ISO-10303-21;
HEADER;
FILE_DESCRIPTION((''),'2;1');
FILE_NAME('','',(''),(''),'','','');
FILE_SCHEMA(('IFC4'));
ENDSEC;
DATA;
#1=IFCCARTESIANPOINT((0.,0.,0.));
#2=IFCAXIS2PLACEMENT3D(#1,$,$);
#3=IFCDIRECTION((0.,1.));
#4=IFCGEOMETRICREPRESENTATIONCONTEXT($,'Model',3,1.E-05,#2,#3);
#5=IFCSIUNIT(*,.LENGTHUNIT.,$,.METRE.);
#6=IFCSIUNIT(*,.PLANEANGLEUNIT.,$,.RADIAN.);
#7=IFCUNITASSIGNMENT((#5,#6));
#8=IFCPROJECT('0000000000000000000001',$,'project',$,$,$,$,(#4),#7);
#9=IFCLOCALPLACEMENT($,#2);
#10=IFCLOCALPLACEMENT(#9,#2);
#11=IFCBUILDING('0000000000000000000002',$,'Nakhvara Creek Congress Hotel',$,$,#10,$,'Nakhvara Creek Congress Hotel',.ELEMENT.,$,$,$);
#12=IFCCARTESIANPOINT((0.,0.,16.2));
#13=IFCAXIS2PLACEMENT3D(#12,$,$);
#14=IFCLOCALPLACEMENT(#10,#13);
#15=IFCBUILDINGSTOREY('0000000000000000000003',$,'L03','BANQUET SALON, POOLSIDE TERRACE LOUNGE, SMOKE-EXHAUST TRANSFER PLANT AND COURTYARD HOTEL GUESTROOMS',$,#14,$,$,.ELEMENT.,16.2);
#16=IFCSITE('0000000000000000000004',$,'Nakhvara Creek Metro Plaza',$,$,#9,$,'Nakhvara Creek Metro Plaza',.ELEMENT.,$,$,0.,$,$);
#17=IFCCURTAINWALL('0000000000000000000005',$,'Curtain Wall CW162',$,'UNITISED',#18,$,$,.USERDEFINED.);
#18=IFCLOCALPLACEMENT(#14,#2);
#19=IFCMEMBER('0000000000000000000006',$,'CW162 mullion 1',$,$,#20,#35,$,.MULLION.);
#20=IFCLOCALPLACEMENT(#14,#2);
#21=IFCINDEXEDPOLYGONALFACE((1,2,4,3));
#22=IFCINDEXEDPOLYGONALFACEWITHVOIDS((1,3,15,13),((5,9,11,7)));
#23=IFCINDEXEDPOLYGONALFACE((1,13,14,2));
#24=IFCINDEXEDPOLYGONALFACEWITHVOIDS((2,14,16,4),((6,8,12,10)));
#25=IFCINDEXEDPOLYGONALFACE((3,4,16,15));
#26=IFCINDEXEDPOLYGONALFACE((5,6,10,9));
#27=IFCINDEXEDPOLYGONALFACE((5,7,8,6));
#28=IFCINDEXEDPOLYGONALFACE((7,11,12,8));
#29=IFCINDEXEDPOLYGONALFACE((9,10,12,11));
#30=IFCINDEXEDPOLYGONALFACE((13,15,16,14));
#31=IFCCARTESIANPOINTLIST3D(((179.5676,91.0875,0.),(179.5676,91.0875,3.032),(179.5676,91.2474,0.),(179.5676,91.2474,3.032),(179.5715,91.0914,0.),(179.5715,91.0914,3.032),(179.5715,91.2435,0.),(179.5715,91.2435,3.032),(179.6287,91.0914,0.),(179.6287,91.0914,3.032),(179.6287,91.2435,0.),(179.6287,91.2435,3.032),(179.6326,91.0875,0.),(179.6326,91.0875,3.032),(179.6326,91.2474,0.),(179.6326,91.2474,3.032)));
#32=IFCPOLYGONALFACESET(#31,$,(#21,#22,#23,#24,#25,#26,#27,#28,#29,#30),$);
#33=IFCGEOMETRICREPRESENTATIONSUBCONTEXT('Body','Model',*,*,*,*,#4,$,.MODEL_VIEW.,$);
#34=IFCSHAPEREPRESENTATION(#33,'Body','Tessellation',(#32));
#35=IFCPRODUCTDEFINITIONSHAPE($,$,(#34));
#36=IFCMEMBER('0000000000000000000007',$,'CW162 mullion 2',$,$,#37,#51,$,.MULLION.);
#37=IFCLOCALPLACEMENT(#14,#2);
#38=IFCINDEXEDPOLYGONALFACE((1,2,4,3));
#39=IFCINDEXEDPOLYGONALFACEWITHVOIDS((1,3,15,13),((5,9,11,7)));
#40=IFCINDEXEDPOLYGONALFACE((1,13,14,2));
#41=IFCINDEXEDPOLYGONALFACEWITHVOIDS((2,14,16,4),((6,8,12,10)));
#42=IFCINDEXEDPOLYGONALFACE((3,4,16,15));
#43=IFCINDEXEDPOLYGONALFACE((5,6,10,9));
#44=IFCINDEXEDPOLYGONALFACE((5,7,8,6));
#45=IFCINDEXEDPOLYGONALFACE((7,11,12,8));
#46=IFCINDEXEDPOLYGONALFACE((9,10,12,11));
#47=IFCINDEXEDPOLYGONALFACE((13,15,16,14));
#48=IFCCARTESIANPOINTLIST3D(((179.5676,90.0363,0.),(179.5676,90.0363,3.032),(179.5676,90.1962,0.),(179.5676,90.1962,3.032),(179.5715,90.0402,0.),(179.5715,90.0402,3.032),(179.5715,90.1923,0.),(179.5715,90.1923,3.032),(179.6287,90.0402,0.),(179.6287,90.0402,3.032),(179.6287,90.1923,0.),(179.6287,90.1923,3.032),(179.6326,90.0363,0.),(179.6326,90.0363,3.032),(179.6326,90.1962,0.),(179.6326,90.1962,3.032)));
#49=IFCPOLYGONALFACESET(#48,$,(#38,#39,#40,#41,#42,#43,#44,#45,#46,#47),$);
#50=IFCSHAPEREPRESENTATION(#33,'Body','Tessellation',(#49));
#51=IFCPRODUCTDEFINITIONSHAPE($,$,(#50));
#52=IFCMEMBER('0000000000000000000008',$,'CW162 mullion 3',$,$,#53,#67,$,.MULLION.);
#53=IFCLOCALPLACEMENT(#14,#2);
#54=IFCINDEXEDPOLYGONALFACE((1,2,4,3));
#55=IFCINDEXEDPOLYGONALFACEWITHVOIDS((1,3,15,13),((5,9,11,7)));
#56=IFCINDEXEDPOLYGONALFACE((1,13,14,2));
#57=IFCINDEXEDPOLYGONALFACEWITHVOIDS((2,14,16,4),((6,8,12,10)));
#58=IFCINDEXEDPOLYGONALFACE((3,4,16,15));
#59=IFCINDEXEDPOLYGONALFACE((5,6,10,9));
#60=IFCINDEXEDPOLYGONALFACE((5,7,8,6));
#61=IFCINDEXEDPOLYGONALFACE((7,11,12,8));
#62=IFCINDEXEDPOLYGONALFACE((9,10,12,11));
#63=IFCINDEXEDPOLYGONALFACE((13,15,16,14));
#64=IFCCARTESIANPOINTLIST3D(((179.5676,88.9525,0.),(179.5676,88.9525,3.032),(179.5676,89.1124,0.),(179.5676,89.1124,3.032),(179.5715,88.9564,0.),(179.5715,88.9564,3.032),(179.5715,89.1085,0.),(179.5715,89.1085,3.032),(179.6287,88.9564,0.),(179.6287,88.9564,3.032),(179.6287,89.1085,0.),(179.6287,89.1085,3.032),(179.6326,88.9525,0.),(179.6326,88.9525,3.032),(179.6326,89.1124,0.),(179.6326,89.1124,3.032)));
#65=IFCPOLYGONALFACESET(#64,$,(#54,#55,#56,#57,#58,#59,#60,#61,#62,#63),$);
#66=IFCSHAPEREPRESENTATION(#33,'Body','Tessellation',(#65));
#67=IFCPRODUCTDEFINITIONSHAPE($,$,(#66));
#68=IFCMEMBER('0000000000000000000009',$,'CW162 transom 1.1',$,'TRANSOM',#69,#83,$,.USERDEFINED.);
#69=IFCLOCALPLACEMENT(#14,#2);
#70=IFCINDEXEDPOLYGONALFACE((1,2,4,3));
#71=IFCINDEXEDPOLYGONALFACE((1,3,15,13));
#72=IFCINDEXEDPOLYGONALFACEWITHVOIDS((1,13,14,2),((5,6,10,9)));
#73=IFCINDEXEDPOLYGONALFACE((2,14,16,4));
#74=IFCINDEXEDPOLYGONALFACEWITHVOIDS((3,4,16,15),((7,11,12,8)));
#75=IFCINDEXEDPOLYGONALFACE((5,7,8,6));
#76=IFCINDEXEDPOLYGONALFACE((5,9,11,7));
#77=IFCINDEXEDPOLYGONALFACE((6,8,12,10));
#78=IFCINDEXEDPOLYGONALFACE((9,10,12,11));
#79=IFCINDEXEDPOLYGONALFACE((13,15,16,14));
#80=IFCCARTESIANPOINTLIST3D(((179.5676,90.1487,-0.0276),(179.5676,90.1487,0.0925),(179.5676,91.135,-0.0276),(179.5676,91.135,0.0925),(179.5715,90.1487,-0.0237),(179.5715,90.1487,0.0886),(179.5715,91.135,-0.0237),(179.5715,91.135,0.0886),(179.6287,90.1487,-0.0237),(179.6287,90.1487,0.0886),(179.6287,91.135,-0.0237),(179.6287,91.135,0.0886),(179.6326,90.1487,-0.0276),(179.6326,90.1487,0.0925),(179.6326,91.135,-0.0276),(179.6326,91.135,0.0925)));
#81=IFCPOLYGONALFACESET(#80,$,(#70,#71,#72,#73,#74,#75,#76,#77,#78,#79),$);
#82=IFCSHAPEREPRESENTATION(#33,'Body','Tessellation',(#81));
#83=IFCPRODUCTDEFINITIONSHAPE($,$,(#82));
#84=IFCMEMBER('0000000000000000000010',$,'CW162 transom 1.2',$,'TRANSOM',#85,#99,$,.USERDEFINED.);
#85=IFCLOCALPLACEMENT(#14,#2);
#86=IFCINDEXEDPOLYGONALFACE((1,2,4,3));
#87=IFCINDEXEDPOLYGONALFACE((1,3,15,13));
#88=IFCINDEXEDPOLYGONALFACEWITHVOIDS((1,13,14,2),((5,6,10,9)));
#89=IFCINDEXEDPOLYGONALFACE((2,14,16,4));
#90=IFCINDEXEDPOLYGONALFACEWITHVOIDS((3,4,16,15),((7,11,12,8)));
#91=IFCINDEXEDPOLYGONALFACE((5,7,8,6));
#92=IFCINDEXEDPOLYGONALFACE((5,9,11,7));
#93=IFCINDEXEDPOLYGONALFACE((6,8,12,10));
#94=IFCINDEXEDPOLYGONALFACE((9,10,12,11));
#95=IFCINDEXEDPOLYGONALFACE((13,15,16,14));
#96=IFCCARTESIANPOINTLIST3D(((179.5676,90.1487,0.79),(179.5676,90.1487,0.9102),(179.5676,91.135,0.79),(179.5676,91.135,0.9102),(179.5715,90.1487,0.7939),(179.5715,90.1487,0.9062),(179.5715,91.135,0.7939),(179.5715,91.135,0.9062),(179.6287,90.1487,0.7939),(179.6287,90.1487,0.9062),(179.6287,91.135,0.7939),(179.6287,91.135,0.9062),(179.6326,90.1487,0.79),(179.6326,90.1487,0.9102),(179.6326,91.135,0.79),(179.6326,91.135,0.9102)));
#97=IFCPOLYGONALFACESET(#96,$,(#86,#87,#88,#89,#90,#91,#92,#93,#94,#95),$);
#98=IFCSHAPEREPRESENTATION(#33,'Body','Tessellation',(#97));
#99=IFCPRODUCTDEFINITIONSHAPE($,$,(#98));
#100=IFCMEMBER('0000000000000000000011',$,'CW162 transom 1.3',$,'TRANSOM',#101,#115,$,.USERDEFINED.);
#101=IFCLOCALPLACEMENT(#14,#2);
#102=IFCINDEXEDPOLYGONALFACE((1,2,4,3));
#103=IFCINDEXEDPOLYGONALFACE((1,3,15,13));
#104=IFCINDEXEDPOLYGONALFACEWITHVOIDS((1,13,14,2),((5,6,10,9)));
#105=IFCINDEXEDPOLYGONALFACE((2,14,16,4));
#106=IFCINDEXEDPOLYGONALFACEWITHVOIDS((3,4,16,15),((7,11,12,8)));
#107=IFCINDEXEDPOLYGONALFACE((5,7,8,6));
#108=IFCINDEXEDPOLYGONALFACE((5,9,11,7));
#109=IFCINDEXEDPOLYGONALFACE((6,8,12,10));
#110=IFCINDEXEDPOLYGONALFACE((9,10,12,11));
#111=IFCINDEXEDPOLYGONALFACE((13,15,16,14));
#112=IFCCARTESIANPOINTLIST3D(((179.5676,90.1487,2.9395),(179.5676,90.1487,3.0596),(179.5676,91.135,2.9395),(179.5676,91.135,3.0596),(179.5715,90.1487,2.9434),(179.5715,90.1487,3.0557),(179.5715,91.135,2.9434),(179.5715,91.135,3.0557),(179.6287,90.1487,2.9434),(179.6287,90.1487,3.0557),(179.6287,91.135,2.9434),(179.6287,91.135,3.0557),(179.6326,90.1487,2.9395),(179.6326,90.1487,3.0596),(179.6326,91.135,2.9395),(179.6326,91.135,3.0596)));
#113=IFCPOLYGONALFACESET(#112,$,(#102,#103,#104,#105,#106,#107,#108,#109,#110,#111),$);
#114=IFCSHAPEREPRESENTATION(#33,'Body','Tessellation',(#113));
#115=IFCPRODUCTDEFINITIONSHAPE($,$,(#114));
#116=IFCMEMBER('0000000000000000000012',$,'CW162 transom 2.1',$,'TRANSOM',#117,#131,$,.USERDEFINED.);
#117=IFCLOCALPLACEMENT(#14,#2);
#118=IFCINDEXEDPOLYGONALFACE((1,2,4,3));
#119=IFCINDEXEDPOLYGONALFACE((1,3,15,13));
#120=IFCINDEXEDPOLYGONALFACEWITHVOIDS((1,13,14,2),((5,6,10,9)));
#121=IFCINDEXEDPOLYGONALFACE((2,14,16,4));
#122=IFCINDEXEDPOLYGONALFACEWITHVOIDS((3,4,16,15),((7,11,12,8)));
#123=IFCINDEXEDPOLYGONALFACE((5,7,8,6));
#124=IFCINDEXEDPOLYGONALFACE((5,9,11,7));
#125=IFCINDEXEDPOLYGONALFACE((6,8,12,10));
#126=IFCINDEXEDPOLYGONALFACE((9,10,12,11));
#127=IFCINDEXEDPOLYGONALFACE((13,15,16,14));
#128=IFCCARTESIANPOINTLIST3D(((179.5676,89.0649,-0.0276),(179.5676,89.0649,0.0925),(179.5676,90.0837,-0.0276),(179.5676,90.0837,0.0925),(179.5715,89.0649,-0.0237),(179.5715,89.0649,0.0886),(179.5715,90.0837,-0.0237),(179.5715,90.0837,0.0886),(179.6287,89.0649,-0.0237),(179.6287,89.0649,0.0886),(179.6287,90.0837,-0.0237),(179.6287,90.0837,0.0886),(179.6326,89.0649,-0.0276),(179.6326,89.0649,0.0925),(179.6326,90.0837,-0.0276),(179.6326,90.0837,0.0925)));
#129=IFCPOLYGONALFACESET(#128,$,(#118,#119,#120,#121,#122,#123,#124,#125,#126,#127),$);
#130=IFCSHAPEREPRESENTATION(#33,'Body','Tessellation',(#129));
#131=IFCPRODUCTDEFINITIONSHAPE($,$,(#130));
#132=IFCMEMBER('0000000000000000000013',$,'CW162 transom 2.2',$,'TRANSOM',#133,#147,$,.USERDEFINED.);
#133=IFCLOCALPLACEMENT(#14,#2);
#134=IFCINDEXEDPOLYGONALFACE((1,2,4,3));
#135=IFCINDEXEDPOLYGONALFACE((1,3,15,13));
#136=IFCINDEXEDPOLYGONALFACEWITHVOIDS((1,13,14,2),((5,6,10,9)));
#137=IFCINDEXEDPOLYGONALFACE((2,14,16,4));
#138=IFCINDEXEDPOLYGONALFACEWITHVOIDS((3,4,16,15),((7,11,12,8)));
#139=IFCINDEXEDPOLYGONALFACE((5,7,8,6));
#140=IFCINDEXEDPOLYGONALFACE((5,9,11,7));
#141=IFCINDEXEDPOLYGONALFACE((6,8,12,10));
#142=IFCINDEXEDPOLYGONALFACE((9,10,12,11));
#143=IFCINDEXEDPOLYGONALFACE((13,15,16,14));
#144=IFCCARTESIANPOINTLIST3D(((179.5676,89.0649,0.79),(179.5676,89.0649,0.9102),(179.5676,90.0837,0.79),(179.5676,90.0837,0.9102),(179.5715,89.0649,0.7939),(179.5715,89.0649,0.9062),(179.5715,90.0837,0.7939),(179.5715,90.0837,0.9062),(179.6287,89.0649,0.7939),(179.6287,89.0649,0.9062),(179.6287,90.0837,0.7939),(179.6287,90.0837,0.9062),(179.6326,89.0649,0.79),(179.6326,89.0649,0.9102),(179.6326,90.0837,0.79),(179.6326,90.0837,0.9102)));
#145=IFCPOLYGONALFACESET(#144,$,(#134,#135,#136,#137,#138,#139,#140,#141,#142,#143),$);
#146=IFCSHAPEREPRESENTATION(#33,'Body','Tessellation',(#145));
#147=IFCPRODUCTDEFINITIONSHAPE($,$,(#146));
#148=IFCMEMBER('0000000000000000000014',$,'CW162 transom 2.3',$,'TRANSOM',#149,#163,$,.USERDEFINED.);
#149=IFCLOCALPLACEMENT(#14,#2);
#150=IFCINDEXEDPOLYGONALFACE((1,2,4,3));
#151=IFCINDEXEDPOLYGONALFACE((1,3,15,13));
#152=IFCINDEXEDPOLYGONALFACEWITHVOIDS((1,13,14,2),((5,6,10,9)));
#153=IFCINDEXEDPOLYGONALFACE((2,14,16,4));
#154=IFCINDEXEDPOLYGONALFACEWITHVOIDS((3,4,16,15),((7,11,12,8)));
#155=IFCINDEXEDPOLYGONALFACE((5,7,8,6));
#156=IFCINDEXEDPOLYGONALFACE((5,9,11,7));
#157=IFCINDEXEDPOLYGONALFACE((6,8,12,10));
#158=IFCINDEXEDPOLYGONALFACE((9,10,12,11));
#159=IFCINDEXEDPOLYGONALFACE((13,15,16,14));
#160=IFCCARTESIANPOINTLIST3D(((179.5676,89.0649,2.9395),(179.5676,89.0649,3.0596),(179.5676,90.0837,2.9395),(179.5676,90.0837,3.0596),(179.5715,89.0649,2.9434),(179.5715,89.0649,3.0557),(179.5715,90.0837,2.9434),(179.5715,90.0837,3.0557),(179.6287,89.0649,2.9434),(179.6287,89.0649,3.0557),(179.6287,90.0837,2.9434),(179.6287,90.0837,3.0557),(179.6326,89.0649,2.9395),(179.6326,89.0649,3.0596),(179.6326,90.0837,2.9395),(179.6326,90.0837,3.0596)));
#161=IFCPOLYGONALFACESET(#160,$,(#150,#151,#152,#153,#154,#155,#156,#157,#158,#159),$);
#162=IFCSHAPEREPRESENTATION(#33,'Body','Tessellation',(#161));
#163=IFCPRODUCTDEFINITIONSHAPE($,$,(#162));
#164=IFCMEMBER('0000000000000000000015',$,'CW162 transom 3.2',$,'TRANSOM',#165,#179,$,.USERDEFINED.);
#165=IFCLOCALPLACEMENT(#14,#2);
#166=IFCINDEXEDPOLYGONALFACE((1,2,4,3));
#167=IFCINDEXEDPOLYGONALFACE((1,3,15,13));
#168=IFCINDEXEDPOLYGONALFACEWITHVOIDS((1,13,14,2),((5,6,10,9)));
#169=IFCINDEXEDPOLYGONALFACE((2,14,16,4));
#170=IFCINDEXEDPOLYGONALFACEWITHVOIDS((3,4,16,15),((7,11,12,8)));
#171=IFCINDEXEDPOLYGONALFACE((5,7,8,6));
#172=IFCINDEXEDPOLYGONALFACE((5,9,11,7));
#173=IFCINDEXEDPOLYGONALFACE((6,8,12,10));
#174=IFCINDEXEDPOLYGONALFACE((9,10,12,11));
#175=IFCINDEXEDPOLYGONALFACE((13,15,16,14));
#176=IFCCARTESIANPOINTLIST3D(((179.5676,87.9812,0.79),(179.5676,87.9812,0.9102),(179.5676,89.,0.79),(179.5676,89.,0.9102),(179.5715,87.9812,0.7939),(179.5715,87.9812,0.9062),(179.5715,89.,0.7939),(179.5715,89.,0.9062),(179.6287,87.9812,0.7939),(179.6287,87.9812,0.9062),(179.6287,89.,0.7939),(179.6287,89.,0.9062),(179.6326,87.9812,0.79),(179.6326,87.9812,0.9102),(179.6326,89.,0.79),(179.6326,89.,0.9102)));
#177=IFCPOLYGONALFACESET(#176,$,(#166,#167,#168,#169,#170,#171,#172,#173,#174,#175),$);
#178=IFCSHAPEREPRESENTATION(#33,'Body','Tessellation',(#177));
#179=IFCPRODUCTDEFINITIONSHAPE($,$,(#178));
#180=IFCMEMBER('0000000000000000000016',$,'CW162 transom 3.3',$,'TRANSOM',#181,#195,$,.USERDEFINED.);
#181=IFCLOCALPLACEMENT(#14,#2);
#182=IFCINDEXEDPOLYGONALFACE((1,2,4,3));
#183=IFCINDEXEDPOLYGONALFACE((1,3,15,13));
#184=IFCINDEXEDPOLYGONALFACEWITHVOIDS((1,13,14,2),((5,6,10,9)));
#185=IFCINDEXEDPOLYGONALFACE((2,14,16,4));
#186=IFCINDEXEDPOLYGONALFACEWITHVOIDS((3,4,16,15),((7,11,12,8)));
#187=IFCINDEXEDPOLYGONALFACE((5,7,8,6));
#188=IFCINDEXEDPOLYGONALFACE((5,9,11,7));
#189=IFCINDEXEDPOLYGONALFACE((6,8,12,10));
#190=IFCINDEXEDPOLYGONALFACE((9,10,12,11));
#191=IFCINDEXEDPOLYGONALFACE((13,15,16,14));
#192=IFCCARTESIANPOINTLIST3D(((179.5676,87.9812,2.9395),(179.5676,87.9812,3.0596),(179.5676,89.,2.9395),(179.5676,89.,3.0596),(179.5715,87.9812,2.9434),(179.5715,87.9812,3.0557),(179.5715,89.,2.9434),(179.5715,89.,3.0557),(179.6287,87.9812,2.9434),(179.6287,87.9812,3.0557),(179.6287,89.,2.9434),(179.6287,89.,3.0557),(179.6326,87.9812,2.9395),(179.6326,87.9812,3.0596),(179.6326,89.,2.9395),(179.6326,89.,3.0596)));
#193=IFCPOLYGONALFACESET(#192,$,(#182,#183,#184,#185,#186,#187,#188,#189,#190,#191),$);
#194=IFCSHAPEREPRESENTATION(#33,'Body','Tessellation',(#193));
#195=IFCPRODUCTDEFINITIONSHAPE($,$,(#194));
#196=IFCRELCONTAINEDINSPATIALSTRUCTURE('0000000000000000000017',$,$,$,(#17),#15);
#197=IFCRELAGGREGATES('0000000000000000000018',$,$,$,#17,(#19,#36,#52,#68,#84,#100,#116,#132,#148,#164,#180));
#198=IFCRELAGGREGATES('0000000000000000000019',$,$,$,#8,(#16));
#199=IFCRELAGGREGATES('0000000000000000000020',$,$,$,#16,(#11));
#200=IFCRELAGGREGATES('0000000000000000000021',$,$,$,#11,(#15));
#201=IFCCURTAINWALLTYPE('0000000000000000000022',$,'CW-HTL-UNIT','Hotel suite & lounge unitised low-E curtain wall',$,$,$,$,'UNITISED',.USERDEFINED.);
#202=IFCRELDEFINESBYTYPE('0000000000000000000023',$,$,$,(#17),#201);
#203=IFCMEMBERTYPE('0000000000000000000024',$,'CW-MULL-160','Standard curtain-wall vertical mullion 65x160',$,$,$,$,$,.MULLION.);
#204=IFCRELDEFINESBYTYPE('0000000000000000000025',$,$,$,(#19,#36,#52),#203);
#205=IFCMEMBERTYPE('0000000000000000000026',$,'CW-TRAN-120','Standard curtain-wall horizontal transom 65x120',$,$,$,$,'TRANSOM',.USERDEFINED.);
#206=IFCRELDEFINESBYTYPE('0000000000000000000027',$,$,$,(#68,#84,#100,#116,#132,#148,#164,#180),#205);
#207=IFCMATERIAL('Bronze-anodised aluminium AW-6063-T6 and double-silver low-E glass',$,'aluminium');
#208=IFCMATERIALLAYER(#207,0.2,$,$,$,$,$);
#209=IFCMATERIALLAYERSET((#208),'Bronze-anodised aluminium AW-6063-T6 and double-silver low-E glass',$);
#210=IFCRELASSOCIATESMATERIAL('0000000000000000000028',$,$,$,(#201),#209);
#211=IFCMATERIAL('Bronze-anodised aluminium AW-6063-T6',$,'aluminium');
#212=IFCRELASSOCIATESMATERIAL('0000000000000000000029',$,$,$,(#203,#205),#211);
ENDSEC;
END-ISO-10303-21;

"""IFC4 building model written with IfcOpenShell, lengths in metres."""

from ifc_helpers import new_model, si_unit, direction, frame, origin, origin_2d, place, context, subcontext, project, spatial, hollow_rectangle, extrude, material, layer, layer_set, material_profile, profile_set, type_object, element, aggregate, save


model = new_model("IFC4")

# Units and contexts
model_context = context("Model", 3, precision=1e-05, world=origin(), true_north=direction((0.0, 1.0)))
body_context = subcontext(model_context, "Body", "Model", "MODEL_VIEW")
ifc_project = project(units=[si_unit("LENGTHUNIT", "METRE"), si_unit("PLANEANGLEUNIT", "RADIAN")], contexts=[model_context])

# Site, building, storey
site_placement = place(None, origin())
site = spatial("IfcSite", under=ifc_project, at=site_placement, Name="Nakhvara Creek Metro Plaza", LongName="Nakhvara Creek Metro Plaza", CompositionType="ELEMENT", RefElevation=0.0)
building_placement = place(site_placement, origin())
building = spatial("IfcBuilding", under=site, at=building_placement, Name="Nakhvara Creek Congress Hotel", LongName="Nakhvara Creek Congress Hotel", CompositionType="ELEMENT")
storey_placement = place(building_placement, frame((0.0, 0.0, 16.2)))
storey = spatial("IfcBuildingStorey", under=building, at=storey_placement, Name="L03", Description="BANQUET SALON, POOLSIDE TERRACE LOUNGE, SMOKE-EXHAUST TRANSFER PLANT AND COURTYARD HOTEL GUESTROOMS", CompositionType="ELEMENT", Elevation=16.2)

# Curtain wall, members
ifc_material_1 = material(Name="Bronze-anodised aluminium AW-6063-T6 and double-silver low-E glass", Category="aluminium")
ifc_layer_1 = layer(ifc_material_1, 0.2)
ifc_layer_set_1 = layer_set([ifc_layer_1], Name="Bronze-anodised aluminium AW-6063-T6 and double-silver low-E glass")
curtain_wall_type = type_object("IfcCurtainWallType", Name="CW-HTL-UNIT", Description="Hotel suite & lounge unitised low-E curtain wall", ElementType="UNITISED", PredefinedType="USERDEFINED", material=ifc_layer_set_1)
curtain_wall_placement = place(storey_placement, origin())
curtain_wall = element("IfcCurtainWall", 1, at=curtain_wall_placement, inside=storey, type_object=curtain_wall_type, Name="Curtain Wall CW162", ObjectType="UNITISED", PredefinedType="USERDEFINED")
ifc_material_2 = material(Name="Bronze-anodised aluminium AW-6063-T6", Category="aluminium")
ifc_material_profile_1 = material_profile(ifc_material_2, hollow_rectangle(XDim=0.0649, YDim=0.1599, WallThickness=0.0039, at=origin_2d()), Name="ALU-MULL 65x160x4", Category="LoadBearing")
ifc_profile_set_1 = profile_set([ifc_material_profile_1], Name="Bronze-anodised aluminium AW-6063-T6")
member_type_1 = type_object("IfcMemberType", Name="CW-MULL-160", Description="Standard curtain-wall vertical mullion 65x160", PredefinedType="MULLION", material=ifc_profile_set_1)
member_1_placement = place(storey_placement, frame((179.6001, 91.1675, 0.0), z_axis=(0.0, 0.0, 1.0), x_axis=(1.0, 0.0, 0.0)))
member_1 = element("IfcMember", 2, at=member_1_placement, type_object=member_type_1, Name="CW162 mullion 1", PredefinedType="MULLION", context=body_context, shape_type="SweptSolid", body=[
    extrude(hollow_rectangle(XDim=0.0649, YDim=0.1599, WallThickness=0.0039, at=origin_2d()), origin(), (0.0, 0.0, 1.0), 3.032),
])
member_2_placement = place(storey_placement, frame((179.6001, 90.1162, 0.0), z_axis=(0.0, 0.0, 1.0), x_axis=(1.0, 0.0, 0.0)))
member_2 = element("IfcMember", 3, at=member_2_placement, type_object=member_type_1, Name="CW162 mullion 2", PredefinedType="MULLION", context=body_context, shape_type="SweptSolid", body=[
    extrude(hollow_rectangle(XDim=0.0649, YDim=0.1599, WallThickness=0.0039, at=origin_2d()), origin(), (0.0, 0.0, 1.0), 3.032),
])
member_3_placement = place(storey_placement, frame((179.6001, 89.0325, 0.0), z_axis=(0.0, 0.0, 1.0), x_axis=(1.0, 0.0, 0.0)))
member_3 = element("IfcMember", 4, at=member_3_placement, type_object=member_type_1, Name="CW162 mullion 3", PredefinedType="MULLION", context=body_context, shape_type="SweptSolid", body=[
    extrude(hollow_rectangle(XDim=0.0649, YDim=0.1599, WallThickness=0.0039, at=origin_2d()), origin(), (0.0, 0.0, 1.0), 3.032),
])
ifc_material_profile_2 = material_profile(ifc_material_2, hollow_rectangle(XDim=0.0649, YDim=0.1201, WallThickness=0.0039, at=origin_2d()), Name="ALU-TRAN 65x120x4", Category="LoadBearing")
ifc_profile_set_2 = profile_set([ifc_material_profile_2], Name="Bronze-anodised aluminium AW-6063-T6")
member_type_2 = type_object("IfcMemberType", Name="CW-TRAN-120", Description="Standard curtain-wall horizontal transom 65x120", ElementType="TRANSOM", PredefinedType="USERDEFINED", material=ifc_profile_set_2)
member_4_placement = place(storey_placement, frame((179.6001, 91.135, 0.0325), z_axis=(0.0, -1.0, 0.0), x_axis=(1.0, 0.0, 0.0)))
member_4 = element("IfcMember", 5, at=member_4_placement, type_object=member_type_2, Name="CW162 transom 1.1", ObjectType="TRANSOM", PredefinedType="USERDEFINED", context=body_context, shape_type="SweptSolid", body=[
    extrude(hollow_rectangle(XDim=0.0649, YDim=0.1201, WallThickness=0.0039, at=origin_2d()), origin(), (0.0, 0.0, 1.0), 0.9863),
])
member_5_placement = place(storey_placement, frame((179.6001, 91.135, 0.8501), z_axis=(0.0, -1.0, 0.0), x_axis=(1.0, 0.0, 0.0)))
member_5 = element("IfcMember", 6, at=member_5_placement, type_object=member_type_2, Name="CW162 transom 1.2", ObjectType="TRANSOM", PredefinedType="USERDEFINED", context=body_context, shape_type="SweptSolid", body=[
    extrude(hollow_rectangle(XDim=0.0649, YDim=0.1201, WallThickness=0.0039, at=origin_2d()), origin(), (0.0, 0.0, 1.0), 0.9863),
])
member_6_placement = place(storey_placement, frame((179.6001, 91.135, 2.9995), z_axis=(0.0, -1.0, 0.0), x_axis=(1.0, 0.0, 0.0)))
member_6 = element("IfcMember", 7, at=member_6_placement, type_object=member_type_2, Name="CW162 transom 1.3", ObjectType="TRANSOM", PredefinedType="USERDEFINED", context=body_context, shape_type="SweptSolid", body=[
    extrude(hollow_rectangle(XDim=0.0649, YDim=0.1201, WallThickness=0.0039, at=origin_2d()), origin(), (0.0, 0.0, 1.0), 0.9863),
])
member_7_placement = place(storey_placement, frame((179.6001, 90.0837, 0.0325), z_axis=(0.0, -1.0, 0.0), x_axis=(1.0, 0.0, 0.0)))
member_7 = element("IfcMember", 8, at=member_7_placement, type_object=member_type_2, Name="CW162 transom 2.1", ObjectType="TRANSOM", PredefinedType="USERDEFINED", context=body_context, shape_type="SweptSolid", body=[
    extrude(hollow_rectangle(XDim=0.0649, YDim=0.1201, WallThickness=0.0039, at=origin_2d()), origin(), (0.0, 0.0, 1.0), 1.0188),
])
member_8_placement = place(storey_placement, frame((179.6001, 90.0837, 0.8501), z_axis=(0.0, -1.0, 0.0), x_axis=(1.0, 0.0, 0.0)))
member_8 = element("IfcMember", 9, at=member_8_placement, type_object=member_type_2, Name="CW162 transom 2.2", ObjectType="TRANSOM", PredefinedType="USERDEFINED", context=body_context, shape_type="SweptSolid", body=[
    extrude(hollow_rectangle(XDim=0.0649, YDim=0.1201, WallThickness=0.0039, at=origin_2d()), origin(), (0.0, 0.0, 1.0), 1.0188),
])
member_9_placement = place(storey_placement, frame((179.6001, 90.0837, 2.9995), z_axis=(0.0, -1.0, 0.0), x_axis=(1.0, 0.0, 0.0)))
member_9 = element("IfcMember", 10, at=member_9_placement, type_object=member_type_2, Name="CW162 transom 2.3", ObjectType="TRANSOM", PredefinedType="USERDEFINED", context=body_context, shape_type="SweptSolid", body=[
    extrude(hollow_rectangle(XDim=0.0649, YDim=0.1201, WallThickness=0.0039, at=origin_2d()), origin(), (0.0, 0.0, 1.0), 1.0188),
])
member_10_placement = place(storey_placement, frame((179.6001, 89.0, 0.8501), z_axis=(0.0, -1.0, 0.0), x_axis=(1.0, 0.0, 0.0)))
member_10 = element("IfcMember", 11, at=member_10_placement, type_object=member_type_2, Name="CW162 transom 3.2", ObjectType="TRANSOM", PredefinedType="USERDEFINED", context=body_context, shape_type="SweptSolid", body=[
    extrude(hollow_rectangle(XDim=0.0649, YDim=0.1201, WallThickness=0.0039, at=origin_2d()), origin(), (0.0, 0.0, 1.0), 1.0188),
])
member_11_placement = place(storey_placement, frame((179.6001, 89.0, 2.9995), z_axis=(0.0, -1.0, 0.0), x_axis=(1.0, 0.0, 0.0)))
member_11 = element("IfcMember", 12, at=member_11_placement, type_object=member_type_2, Name="CW162 transom 3.3", ObjectType="TRANSOM", PredefinedType="USERDEFINED", context=body_context, shape_type="SweptSolid", body=[
    extrude(hollow_rectangle(XDim=0.0649, YDim=0.1201, WallThickness=0.0039, at=origin_2d()), origin(), (0.0, 0.0, 1.0), 1.0188),
])
aggregate(curtain_wall, [member_1, member_2, member_3, member_4, member_5, member_6, member_7, member_8, member_9, member_10, member_11])

save(model, "model.ifc")
